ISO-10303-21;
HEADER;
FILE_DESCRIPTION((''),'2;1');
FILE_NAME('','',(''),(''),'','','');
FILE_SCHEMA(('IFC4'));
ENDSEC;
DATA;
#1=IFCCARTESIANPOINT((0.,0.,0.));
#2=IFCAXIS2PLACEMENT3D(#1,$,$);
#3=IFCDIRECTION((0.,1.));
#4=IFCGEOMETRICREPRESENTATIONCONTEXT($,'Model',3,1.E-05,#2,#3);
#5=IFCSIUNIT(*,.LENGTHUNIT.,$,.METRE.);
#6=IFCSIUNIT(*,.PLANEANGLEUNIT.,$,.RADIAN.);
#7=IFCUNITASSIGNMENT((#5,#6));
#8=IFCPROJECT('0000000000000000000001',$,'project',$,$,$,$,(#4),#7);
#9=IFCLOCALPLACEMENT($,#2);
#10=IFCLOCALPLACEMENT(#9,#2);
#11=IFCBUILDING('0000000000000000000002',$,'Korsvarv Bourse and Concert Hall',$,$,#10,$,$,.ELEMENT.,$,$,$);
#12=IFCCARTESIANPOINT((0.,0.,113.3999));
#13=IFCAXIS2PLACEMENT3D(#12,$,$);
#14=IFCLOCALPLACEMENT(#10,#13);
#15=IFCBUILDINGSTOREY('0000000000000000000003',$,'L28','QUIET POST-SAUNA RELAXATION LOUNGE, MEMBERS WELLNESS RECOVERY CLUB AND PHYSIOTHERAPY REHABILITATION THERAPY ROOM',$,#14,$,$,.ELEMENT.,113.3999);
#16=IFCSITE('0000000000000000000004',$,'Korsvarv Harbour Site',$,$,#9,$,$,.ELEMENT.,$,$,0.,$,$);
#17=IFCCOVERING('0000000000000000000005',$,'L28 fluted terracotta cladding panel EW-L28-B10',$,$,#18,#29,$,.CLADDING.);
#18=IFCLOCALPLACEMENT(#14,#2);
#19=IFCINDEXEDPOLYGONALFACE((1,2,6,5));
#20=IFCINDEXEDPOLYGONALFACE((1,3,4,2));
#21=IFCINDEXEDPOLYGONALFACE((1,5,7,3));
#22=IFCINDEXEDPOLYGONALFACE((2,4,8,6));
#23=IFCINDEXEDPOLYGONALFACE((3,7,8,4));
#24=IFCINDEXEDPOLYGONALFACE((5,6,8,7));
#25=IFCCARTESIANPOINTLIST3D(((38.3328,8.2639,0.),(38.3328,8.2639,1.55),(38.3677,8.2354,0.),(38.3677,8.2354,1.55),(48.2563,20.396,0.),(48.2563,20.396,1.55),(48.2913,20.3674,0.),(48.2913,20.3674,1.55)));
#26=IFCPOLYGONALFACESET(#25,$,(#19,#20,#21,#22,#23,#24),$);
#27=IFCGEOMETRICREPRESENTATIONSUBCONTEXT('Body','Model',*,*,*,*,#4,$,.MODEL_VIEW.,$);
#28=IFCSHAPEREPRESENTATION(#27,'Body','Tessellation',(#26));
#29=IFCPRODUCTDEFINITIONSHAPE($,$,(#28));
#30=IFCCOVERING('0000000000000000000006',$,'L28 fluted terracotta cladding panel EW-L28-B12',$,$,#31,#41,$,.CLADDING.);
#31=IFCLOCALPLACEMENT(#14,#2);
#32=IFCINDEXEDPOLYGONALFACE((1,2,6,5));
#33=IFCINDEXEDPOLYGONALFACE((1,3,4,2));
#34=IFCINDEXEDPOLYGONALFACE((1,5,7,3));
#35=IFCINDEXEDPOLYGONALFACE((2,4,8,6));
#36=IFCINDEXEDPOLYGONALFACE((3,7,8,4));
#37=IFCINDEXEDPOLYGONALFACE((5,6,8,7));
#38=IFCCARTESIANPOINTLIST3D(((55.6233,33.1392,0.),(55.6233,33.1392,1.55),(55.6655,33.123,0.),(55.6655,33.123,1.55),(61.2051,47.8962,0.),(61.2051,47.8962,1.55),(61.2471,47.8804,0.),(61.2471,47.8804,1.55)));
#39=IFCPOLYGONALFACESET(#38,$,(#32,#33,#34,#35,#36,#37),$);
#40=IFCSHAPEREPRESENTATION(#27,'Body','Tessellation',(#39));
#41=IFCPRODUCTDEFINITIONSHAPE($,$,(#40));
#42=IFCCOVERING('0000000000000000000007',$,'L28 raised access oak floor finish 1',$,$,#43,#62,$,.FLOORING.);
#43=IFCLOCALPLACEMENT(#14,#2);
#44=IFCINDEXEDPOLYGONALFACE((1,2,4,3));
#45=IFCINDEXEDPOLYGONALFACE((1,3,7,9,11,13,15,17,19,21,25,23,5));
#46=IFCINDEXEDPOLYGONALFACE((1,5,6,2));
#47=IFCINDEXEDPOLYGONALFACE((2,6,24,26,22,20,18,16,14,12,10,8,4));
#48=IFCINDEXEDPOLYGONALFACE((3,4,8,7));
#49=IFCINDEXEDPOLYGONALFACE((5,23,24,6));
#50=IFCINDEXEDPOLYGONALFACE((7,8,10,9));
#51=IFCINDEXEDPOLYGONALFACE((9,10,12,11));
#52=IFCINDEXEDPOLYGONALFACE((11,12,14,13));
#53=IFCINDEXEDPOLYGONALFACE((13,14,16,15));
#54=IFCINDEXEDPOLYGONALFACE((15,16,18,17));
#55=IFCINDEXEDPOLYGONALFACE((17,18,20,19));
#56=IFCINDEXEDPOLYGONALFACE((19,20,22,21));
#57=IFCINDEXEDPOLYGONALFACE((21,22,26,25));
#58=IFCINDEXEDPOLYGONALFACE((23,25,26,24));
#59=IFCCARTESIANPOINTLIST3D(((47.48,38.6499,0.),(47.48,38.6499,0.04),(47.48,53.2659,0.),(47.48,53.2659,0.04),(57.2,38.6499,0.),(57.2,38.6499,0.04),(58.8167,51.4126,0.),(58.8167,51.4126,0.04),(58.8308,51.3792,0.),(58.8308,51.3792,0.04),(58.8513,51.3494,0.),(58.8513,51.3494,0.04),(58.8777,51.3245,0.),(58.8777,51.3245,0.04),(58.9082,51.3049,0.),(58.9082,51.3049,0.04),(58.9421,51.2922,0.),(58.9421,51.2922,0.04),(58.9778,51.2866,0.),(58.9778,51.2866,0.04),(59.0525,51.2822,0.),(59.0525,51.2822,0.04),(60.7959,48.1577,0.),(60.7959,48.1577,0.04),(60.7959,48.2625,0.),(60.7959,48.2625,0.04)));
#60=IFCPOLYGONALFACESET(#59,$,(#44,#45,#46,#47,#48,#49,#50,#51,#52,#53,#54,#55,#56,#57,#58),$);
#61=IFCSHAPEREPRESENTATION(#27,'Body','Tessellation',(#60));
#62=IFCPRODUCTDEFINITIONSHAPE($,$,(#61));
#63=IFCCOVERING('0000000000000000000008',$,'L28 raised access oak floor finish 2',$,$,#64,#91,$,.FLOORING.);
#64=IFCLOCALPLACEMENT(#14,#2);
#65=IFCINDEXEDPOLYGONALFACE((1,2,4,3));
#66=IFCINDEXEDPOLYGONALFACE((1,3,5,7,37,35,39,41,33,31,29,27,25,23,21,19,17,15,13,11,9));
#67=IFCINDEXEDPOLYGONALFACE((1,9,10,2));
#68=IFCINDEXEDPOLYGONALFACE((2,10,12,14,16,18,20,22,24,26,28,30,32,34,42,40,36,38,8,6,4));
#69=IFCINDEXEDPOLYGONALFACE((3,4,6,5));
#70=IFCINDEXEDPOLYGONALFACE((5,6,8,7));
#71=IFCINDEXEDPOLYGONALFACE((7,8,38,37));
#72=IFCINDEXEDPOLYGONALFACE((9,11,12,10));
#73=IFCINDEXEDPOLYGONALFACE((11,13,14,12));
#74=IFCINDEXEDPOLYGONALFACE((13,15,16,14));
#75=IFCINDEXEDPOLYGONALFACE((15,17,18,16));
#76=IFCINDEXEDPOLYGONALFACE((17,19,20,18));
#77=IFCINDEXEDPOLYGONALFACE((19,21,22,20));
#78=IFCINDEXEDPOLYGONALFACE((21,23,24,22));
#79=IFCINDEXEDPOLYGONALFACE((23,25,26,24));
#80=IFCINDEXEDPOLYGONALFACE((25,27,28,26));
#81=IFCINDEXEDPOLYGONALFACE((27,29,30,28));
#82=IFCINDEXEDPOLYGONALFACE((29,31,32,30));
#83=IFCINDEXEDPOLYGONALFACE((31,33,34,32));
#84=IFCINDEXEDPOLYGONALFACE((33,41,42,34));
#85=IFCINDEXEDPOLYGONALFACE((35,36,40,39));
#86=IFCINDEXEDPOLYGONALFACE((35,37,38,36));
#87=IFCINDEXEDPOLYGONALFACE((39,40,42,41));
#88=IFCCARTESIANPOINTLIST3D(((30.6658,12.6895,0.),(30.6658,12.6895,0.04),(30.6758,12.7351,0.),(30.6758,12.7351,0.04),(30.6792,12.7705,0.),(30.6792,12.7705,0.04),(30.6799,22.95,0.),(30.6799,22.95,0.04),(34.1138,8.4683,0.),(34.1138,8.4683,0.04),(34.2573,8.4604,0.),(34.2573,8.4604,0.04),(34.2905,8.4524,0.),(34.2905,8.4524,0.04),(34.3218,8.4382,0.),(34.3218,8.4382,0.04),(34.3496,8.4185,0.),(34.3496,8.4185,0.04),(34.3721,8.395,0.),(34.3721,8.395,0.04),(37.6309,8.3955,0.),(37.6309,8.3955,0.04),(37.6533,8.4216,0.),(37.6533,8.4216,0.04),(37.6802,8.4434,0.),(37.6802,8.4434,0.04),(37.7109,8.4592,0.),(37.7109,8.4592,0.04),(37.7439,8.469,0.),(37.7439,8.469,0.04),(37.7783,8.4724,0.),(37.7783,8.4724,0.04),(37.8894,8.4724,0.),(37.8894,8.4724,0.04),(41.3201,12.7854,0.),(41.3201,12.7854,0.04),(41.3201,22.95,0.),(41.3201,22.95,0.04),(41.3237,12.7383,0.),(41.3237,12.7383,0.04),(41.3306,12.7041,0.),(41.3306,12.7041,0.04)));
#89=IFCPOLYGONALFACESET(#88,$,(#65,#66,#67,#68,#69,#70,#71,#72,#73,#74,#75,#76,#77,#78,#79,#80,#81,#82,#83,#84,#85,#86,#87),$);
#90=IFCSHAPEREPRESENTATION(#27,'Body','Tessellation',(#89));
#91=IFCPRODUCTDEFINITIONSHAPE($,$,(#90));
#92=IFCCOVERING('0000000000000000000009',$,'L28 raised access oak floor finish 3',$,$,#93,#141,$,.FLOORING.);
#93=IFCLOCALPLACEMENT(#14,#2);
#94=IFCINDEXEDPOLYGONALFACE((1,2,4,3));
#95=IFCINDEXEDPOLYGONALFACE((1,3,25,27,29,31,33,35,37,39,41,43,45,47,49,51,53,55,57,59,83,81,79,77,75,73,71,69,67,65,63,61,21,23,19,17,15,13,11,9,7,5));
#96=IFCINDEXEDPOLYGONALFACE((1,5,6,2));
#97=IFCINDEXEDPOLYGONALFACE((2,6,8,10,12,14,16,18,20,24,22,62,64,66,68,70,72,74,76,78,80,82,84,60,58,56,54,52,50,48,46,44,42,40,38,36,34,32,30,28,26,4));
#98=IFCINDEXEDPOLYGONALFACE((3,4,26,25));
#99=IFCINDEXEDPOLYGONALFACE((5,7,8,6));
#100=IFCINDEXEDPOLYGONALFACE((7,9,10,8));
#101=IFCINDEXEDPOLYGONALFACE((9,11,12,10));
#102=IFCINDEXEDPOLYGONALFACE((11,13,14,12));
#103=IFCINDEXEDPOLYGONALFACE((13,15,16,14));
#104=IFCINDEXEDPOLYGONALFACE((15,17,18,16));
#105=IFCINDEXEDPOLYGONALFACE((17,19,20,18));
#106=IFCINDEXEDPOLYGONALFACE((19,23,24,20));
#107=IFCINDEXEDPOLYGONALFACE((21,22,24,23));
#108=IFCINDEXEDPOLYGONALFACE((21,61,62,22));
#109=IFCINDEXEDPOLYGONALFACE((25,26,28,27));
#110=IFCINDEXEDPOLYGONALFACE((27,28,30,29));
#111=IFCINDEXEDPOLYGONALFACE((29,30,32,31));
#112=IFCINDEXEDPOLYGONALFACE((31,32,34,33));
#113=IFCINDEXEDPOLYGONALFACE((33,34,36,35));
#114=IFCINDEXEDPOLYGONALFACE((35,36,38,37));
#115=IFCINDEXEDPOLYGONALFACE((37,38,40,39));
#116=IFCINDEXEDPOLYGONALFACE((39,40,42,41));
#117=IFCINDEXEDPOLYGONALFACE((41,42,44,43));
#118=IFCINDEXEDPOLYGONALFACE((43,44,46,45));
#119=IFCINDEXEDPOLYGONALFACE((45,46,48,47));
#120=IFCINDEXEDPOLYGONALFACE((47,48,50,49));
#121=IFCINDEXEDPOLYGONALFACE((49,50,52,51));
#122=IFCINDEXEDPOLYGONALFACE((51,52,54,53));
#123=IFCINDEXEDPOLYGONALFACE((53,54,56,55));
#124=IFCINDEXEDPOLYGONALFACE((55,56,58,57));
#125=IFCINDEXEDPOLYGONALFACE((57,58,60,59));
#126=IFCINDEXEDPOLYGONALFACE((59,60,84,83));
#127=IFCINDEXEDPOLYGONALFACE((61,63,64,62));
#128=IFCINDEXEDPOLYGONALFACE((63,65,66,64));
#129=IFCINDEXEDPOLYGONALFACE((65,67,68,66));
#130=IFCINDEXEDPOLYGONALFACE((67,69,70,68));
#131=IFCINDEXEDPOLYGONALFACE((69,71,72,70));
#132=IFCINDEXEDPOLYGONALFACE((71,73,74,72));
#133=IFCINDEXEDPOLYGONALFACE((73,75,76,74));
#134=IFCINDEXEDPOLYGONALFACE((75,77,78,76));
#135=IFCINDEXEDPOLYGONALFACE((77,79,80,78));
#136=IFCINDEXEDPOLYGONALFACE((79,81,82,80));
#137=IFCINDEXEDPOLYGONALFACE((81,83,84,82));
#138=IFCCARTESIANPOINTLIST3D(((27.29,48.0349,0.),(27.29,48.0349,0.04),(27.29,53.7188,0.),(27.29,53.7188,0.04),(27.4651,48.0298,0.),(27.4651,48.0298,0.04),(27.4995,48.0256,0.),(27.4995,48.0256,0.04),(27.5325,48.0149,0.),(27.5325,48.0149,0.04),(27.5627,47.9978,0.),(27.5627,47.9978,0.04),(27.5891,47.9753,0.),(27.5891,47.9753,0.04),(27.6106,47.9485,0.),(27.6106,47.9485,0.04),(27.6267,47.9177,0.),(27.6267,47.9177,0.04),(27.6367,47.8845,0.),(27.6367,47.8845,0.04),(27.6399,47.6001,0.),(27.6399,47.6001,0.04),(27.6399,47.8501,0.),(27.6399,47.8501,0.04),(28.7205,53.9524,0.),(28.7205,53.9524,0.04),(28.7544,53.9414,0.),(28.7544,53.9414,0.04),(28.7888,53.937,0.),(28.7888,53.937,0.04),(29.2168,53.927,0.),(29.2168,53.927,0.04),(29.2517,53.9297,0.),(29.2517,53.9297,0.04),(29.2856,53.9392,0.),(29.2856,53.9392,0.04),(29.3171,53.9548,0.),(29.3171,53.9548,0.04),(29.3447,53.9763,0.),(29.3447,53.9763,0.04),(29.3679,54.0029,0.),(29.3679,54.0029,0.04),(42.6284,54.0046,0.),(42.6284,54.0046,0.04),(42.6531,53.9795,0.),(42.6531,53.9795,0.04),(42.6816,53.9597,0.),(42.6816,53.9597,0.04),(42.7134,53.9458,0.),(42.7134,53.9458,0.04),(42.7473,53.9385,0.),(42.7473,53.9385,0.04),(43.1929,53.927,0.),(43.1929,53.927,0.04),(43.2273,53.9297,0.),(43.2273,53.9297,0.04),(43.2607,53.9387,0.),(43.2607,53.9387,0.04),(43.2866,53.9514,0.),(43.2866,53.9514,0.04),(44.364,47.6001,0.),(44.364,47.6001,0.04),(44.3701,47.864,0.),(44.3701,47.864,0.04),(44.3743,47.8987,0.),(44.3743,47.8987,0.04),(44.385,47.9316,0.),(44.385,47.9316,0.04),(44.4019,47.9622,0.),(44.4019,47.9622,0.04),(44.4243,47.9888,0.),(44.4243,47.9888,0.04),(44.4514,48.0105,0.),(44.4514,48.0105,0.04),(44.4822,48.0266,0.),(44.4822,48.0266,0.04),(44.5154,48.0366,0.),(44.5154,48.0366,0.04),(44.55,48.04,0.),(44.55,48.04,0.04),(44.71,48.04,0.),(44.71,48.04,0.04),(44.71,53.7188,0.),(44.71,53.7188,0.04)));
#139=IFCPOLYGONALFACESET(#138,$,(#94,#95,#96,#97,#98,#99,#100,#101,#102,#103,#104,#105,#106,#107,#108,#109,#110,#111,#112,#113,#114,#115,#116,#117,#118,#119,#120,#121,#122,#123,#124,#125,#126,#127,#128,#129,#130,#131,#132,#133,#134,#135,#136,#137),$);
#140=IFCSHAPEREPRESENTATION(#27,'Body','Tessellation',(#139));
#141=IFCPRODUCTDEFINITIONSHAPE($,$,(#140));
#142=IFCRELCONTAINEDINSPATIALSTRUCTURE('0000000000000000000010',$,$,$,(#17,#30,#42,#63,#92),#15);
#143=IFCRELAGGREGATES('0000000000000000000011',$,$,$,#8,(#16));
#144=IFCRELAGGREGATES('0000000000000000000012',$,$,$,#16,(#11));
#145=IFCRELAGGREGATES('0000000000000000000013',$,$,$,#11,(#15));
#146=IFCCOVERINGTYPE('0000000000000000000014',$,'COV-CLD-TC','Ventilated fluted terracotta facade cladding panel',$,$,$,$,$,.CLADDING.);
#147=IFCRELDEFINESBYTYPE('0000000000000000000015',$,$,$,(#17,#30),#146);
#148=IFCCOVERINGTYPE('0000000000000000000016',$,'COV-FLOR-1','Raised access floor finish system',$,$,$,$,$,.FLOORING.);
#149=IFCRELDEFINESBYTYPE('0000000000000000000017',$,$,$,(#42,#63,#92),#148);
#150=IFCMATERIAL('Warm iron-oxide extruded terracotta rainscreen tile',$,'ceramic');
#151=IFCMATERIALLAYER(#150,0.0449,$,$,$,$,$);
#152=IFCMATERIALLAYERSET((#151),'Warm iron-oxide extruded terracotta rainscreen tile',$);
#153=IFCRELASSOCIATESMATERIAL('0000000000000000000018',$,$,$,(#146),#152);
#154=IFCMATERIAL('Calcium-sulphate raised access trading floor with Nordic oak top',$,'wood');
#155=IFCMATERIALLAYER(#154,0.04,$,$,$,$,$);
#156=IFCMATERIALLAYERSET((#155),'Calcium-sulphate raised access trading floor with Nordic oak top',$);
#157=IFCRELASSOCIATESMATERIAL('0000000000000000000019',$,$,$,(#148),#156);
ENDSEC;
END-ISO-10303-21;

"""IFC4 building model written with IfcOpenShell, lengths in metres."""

from ifc_helpers import new_model, si_unit, direction, frame, origin, place, context, subcontext, project, spatial, polyline, outline, extrude, material, layer, layer_set, type_object, element, save


model = new_model("IFC4")

# Units and contexts
model_context = context("Model", 3, precision=1e-05, world=origin(), true_north=direction((0.0, 1.0)))
body_context = subcontext(model_context, "Body", "Model", "MODEL_VIEW")
ifc_project = project(units=[si_unit("LENGTHUNIT", "METRE"), si_unit("PLANEANGLEUNIT", "RADIAN")], contexts=[model_context])

# Site, building, storey
site_placement = place(None, origin())
site = spatial("IfcSite", under=ifc_project, at=site_placement, Name="Korsvarv Harbour Site", CompositionType="ELEMENT", RefElevation=0.0)
building_placement = place(site_placement, origin())
building = spatial("IfcBuilding", under=site, at=building_placement, Name="Korsvarv Bourse and Concert Hall", CompositionType="ELEMENT")
storey_placement = place(building_placement, frame((0.0, 0.0, 113.3999)))
storey = spatial("IfcBuildingStorey", under=building, at=storey_placement, Name="L28", Description="QUIET POST-SAUNA RELAXATION LOUNGE, MEMBERS WELLNESS RECOVERY CLUB AND PHYSIOTHERAPY REHABILITATION THERAPY ROOM", CompositionType="ELEMENT", Elevation=113.3999)

# Coverings
ifc_material_1 = material(Name="Warm iron-oxide extruded terracotta rainscreen tile", Category="ceramic")
ifc_layer_1 = layer(ifc_material_1, 0.0449)
ifc_layer_set_1 = layer_set([ifc_layer_1], Name="Warm iron-oxide extruded terracotta rainscreen tile")
covering_type_1 = type_object("IfcCoveringType", Name="COV-CLD-TC", Description="Ventilated fluted terracotta facade cladding panel", PredefinedType="CLADDING", material=ifc_layer_set_1)
covering_1_placement = place(storey_placement, origin())
element("IfcCovering", 1, at=covering_1_placement, inside=storey, type_object=covering_type_1, Name="L28 fluted terracotta cladding panel EW-L28-B10", PredefinedType="CLADDING", context=body_context, shape_type="SweptSolid", body=[
    extrude(outline(polyline([(38.3328, 8.2639), (48.2563, 20.396), (48.2913, 20.3674), (38.3677, 8.2354), (38.3328, 8.2639)])), origin(), (0.0, 0.0, 1.0), 1.55),
])
covering_2_placement = place(storey_placement, origin())
element("IfcCovering", 2, at=covering_2_placement, inside=storey, type_object=covering_type_1, Name="L28 fluted terracotta cladding panel EW-L28-B12", PredefinedType="CLADDING", context=body_context, shape_type="SweptSolid", body=[
    extrude(outline(polyline([(55.6233, 33.1392), (61.2051, 47.8962), (61.2471, 47.8804), (55.6655, 33.123), (55.6233, 33.1392)])), origin(), (0.0, 0.0, 1.0), 1.55),
])
ifc_material_2 = material(Name="Calcium-sulphate raised access trading floor with Nordic oak top", Category="wood")
ifc_layer_2 = layer(ifc_material_2, 0.04)
ifc_layer_set_2 = layer_set([ifc_layer_2], Name="Calcium-sulphate raised access trading floor with Nordic oak top")
covering_type_2 = type_object("IfcCoveringType", Name="COV-FLOR-1", Description="Raised access floor finish system", PredefinedType="FLOORING", material=ifc_layer_set_2)
covering_3_placement = place(storey_placement, origin())
element("IfcCovering", 3, at=covering_3_placement, inside=storey, type_object=covering_type_2, Name="L28 raised access oak floor finish 1", PredefinedType="FLOORING", context=body_context, shape_type="SweptSolid", body=[
    extrude(outline(polyline([(58.8167, 51.4126), (58.8308, 51.3792), (58.8513, 51.3494), (58.8777, 51.3245), (58.9082, 51.3049), (58.9421, 51.2922), (58.9778, 51.2866), (59.0525, 51.2822), (60.7959, 48.2625), (60.7959, 48.1577), (57.2, 38.6499), (47.48, 38.6499), (47.48, 53.2659), (58.8167, 51.4126)])), origin(), (0.0, 0.0, 1.0), 0.04),
])
covering_4_placement = place(storey_placement, origin())
element("IfcCovering", 4, at=covering_4_placement, inside=storey, type_object=covering_type_2, Name="L28 raised access oak floor finish 2", PredefinedType="FLOORING", context=body_context, shape_type="SweptSolid", body=[
    extrude(outline(polyline([(30.6658, 12.6895), (30.6758, 12.7351), (30.6792, 12.7705), (30.6799, 22.95), (41.3201, 22.95), (41.3201, 12.7854), (41.3237, 12.7383), (41.3306, 12.7041), (37.8894, 8.4724), (37.7783, 8.4724), (37.7439, 8.469), (37.7109, 8.4592), (37.6802, 8.4434), (37.6533, 8.4216), (37.6309, 8.3955), (34.3721, 8.395), (34.3496, 8.4185), (34.3218, 8.4382), (34.2905, 8.4524), (34.2573, 8.4604), (34.1138, 8.4683), (30.6658, 12.6895)])), origin(), (0.0, 0.0, 1.0), 0.04),
])
covering_5_placement = place(storey_placement, origin())
element("IfcCovering", 5, at=covering_5_placement, inside=storey, type_object=covering_type_2, Name="L28 raised access oak floor finish 3", PredefinedType="FLOORING", context=body_context, shape_type="SweptSolid", body=[
    extrude(outline(polyline([(28.7205, 53.9524), (28.7544, 53.9414), (28.7888, 53.937), (29.2168, 53.927), (29.2517, 53.9297), (29.2856, 53.9392), (29.3171, 53.9548), (29.3447, 53.9763), (29.3679, 54.0029), (42.6284, 54.0046), (42.6531, 53.9795), (42.6816, 53.9597), (42.7134, 53.9458), (42.7473, 53.9385), (43.1929, 53.927), (43.2273, 53.9297), (43.2607, 53.9387), (43.2866, 53.9514), (44.71, 53.7188), (44.71, 48.04), (44.55, 48.04), (44.5154, 48.0366), (44.4822, 48.0266), (44.4514, 48.0105), (44.4243, 47.9888), (44.4019, 47.9622), (44.385, 47.9316), (44.3743, 47.8987), (44.3701, 47.864), (44.364, 47.6001), (27.6399, 47.6001), (27.6399, 47.8501), (27.6367, 47.8845), (27.6267, 47.9177), (27.6106, 47.9485), (27.5891, 47.9753), (27.5627, 47.9978), (27.5325, 48.0149), (27.4995, 48.0256), (27.4651, 48.0298), (27.29, 48.0349), (27.29, 53.7188), (28.7205, 53.9524)])), origin(), (0.0, 0.0, 1.0), 0.04),
])

save(model, "model.ifc")
